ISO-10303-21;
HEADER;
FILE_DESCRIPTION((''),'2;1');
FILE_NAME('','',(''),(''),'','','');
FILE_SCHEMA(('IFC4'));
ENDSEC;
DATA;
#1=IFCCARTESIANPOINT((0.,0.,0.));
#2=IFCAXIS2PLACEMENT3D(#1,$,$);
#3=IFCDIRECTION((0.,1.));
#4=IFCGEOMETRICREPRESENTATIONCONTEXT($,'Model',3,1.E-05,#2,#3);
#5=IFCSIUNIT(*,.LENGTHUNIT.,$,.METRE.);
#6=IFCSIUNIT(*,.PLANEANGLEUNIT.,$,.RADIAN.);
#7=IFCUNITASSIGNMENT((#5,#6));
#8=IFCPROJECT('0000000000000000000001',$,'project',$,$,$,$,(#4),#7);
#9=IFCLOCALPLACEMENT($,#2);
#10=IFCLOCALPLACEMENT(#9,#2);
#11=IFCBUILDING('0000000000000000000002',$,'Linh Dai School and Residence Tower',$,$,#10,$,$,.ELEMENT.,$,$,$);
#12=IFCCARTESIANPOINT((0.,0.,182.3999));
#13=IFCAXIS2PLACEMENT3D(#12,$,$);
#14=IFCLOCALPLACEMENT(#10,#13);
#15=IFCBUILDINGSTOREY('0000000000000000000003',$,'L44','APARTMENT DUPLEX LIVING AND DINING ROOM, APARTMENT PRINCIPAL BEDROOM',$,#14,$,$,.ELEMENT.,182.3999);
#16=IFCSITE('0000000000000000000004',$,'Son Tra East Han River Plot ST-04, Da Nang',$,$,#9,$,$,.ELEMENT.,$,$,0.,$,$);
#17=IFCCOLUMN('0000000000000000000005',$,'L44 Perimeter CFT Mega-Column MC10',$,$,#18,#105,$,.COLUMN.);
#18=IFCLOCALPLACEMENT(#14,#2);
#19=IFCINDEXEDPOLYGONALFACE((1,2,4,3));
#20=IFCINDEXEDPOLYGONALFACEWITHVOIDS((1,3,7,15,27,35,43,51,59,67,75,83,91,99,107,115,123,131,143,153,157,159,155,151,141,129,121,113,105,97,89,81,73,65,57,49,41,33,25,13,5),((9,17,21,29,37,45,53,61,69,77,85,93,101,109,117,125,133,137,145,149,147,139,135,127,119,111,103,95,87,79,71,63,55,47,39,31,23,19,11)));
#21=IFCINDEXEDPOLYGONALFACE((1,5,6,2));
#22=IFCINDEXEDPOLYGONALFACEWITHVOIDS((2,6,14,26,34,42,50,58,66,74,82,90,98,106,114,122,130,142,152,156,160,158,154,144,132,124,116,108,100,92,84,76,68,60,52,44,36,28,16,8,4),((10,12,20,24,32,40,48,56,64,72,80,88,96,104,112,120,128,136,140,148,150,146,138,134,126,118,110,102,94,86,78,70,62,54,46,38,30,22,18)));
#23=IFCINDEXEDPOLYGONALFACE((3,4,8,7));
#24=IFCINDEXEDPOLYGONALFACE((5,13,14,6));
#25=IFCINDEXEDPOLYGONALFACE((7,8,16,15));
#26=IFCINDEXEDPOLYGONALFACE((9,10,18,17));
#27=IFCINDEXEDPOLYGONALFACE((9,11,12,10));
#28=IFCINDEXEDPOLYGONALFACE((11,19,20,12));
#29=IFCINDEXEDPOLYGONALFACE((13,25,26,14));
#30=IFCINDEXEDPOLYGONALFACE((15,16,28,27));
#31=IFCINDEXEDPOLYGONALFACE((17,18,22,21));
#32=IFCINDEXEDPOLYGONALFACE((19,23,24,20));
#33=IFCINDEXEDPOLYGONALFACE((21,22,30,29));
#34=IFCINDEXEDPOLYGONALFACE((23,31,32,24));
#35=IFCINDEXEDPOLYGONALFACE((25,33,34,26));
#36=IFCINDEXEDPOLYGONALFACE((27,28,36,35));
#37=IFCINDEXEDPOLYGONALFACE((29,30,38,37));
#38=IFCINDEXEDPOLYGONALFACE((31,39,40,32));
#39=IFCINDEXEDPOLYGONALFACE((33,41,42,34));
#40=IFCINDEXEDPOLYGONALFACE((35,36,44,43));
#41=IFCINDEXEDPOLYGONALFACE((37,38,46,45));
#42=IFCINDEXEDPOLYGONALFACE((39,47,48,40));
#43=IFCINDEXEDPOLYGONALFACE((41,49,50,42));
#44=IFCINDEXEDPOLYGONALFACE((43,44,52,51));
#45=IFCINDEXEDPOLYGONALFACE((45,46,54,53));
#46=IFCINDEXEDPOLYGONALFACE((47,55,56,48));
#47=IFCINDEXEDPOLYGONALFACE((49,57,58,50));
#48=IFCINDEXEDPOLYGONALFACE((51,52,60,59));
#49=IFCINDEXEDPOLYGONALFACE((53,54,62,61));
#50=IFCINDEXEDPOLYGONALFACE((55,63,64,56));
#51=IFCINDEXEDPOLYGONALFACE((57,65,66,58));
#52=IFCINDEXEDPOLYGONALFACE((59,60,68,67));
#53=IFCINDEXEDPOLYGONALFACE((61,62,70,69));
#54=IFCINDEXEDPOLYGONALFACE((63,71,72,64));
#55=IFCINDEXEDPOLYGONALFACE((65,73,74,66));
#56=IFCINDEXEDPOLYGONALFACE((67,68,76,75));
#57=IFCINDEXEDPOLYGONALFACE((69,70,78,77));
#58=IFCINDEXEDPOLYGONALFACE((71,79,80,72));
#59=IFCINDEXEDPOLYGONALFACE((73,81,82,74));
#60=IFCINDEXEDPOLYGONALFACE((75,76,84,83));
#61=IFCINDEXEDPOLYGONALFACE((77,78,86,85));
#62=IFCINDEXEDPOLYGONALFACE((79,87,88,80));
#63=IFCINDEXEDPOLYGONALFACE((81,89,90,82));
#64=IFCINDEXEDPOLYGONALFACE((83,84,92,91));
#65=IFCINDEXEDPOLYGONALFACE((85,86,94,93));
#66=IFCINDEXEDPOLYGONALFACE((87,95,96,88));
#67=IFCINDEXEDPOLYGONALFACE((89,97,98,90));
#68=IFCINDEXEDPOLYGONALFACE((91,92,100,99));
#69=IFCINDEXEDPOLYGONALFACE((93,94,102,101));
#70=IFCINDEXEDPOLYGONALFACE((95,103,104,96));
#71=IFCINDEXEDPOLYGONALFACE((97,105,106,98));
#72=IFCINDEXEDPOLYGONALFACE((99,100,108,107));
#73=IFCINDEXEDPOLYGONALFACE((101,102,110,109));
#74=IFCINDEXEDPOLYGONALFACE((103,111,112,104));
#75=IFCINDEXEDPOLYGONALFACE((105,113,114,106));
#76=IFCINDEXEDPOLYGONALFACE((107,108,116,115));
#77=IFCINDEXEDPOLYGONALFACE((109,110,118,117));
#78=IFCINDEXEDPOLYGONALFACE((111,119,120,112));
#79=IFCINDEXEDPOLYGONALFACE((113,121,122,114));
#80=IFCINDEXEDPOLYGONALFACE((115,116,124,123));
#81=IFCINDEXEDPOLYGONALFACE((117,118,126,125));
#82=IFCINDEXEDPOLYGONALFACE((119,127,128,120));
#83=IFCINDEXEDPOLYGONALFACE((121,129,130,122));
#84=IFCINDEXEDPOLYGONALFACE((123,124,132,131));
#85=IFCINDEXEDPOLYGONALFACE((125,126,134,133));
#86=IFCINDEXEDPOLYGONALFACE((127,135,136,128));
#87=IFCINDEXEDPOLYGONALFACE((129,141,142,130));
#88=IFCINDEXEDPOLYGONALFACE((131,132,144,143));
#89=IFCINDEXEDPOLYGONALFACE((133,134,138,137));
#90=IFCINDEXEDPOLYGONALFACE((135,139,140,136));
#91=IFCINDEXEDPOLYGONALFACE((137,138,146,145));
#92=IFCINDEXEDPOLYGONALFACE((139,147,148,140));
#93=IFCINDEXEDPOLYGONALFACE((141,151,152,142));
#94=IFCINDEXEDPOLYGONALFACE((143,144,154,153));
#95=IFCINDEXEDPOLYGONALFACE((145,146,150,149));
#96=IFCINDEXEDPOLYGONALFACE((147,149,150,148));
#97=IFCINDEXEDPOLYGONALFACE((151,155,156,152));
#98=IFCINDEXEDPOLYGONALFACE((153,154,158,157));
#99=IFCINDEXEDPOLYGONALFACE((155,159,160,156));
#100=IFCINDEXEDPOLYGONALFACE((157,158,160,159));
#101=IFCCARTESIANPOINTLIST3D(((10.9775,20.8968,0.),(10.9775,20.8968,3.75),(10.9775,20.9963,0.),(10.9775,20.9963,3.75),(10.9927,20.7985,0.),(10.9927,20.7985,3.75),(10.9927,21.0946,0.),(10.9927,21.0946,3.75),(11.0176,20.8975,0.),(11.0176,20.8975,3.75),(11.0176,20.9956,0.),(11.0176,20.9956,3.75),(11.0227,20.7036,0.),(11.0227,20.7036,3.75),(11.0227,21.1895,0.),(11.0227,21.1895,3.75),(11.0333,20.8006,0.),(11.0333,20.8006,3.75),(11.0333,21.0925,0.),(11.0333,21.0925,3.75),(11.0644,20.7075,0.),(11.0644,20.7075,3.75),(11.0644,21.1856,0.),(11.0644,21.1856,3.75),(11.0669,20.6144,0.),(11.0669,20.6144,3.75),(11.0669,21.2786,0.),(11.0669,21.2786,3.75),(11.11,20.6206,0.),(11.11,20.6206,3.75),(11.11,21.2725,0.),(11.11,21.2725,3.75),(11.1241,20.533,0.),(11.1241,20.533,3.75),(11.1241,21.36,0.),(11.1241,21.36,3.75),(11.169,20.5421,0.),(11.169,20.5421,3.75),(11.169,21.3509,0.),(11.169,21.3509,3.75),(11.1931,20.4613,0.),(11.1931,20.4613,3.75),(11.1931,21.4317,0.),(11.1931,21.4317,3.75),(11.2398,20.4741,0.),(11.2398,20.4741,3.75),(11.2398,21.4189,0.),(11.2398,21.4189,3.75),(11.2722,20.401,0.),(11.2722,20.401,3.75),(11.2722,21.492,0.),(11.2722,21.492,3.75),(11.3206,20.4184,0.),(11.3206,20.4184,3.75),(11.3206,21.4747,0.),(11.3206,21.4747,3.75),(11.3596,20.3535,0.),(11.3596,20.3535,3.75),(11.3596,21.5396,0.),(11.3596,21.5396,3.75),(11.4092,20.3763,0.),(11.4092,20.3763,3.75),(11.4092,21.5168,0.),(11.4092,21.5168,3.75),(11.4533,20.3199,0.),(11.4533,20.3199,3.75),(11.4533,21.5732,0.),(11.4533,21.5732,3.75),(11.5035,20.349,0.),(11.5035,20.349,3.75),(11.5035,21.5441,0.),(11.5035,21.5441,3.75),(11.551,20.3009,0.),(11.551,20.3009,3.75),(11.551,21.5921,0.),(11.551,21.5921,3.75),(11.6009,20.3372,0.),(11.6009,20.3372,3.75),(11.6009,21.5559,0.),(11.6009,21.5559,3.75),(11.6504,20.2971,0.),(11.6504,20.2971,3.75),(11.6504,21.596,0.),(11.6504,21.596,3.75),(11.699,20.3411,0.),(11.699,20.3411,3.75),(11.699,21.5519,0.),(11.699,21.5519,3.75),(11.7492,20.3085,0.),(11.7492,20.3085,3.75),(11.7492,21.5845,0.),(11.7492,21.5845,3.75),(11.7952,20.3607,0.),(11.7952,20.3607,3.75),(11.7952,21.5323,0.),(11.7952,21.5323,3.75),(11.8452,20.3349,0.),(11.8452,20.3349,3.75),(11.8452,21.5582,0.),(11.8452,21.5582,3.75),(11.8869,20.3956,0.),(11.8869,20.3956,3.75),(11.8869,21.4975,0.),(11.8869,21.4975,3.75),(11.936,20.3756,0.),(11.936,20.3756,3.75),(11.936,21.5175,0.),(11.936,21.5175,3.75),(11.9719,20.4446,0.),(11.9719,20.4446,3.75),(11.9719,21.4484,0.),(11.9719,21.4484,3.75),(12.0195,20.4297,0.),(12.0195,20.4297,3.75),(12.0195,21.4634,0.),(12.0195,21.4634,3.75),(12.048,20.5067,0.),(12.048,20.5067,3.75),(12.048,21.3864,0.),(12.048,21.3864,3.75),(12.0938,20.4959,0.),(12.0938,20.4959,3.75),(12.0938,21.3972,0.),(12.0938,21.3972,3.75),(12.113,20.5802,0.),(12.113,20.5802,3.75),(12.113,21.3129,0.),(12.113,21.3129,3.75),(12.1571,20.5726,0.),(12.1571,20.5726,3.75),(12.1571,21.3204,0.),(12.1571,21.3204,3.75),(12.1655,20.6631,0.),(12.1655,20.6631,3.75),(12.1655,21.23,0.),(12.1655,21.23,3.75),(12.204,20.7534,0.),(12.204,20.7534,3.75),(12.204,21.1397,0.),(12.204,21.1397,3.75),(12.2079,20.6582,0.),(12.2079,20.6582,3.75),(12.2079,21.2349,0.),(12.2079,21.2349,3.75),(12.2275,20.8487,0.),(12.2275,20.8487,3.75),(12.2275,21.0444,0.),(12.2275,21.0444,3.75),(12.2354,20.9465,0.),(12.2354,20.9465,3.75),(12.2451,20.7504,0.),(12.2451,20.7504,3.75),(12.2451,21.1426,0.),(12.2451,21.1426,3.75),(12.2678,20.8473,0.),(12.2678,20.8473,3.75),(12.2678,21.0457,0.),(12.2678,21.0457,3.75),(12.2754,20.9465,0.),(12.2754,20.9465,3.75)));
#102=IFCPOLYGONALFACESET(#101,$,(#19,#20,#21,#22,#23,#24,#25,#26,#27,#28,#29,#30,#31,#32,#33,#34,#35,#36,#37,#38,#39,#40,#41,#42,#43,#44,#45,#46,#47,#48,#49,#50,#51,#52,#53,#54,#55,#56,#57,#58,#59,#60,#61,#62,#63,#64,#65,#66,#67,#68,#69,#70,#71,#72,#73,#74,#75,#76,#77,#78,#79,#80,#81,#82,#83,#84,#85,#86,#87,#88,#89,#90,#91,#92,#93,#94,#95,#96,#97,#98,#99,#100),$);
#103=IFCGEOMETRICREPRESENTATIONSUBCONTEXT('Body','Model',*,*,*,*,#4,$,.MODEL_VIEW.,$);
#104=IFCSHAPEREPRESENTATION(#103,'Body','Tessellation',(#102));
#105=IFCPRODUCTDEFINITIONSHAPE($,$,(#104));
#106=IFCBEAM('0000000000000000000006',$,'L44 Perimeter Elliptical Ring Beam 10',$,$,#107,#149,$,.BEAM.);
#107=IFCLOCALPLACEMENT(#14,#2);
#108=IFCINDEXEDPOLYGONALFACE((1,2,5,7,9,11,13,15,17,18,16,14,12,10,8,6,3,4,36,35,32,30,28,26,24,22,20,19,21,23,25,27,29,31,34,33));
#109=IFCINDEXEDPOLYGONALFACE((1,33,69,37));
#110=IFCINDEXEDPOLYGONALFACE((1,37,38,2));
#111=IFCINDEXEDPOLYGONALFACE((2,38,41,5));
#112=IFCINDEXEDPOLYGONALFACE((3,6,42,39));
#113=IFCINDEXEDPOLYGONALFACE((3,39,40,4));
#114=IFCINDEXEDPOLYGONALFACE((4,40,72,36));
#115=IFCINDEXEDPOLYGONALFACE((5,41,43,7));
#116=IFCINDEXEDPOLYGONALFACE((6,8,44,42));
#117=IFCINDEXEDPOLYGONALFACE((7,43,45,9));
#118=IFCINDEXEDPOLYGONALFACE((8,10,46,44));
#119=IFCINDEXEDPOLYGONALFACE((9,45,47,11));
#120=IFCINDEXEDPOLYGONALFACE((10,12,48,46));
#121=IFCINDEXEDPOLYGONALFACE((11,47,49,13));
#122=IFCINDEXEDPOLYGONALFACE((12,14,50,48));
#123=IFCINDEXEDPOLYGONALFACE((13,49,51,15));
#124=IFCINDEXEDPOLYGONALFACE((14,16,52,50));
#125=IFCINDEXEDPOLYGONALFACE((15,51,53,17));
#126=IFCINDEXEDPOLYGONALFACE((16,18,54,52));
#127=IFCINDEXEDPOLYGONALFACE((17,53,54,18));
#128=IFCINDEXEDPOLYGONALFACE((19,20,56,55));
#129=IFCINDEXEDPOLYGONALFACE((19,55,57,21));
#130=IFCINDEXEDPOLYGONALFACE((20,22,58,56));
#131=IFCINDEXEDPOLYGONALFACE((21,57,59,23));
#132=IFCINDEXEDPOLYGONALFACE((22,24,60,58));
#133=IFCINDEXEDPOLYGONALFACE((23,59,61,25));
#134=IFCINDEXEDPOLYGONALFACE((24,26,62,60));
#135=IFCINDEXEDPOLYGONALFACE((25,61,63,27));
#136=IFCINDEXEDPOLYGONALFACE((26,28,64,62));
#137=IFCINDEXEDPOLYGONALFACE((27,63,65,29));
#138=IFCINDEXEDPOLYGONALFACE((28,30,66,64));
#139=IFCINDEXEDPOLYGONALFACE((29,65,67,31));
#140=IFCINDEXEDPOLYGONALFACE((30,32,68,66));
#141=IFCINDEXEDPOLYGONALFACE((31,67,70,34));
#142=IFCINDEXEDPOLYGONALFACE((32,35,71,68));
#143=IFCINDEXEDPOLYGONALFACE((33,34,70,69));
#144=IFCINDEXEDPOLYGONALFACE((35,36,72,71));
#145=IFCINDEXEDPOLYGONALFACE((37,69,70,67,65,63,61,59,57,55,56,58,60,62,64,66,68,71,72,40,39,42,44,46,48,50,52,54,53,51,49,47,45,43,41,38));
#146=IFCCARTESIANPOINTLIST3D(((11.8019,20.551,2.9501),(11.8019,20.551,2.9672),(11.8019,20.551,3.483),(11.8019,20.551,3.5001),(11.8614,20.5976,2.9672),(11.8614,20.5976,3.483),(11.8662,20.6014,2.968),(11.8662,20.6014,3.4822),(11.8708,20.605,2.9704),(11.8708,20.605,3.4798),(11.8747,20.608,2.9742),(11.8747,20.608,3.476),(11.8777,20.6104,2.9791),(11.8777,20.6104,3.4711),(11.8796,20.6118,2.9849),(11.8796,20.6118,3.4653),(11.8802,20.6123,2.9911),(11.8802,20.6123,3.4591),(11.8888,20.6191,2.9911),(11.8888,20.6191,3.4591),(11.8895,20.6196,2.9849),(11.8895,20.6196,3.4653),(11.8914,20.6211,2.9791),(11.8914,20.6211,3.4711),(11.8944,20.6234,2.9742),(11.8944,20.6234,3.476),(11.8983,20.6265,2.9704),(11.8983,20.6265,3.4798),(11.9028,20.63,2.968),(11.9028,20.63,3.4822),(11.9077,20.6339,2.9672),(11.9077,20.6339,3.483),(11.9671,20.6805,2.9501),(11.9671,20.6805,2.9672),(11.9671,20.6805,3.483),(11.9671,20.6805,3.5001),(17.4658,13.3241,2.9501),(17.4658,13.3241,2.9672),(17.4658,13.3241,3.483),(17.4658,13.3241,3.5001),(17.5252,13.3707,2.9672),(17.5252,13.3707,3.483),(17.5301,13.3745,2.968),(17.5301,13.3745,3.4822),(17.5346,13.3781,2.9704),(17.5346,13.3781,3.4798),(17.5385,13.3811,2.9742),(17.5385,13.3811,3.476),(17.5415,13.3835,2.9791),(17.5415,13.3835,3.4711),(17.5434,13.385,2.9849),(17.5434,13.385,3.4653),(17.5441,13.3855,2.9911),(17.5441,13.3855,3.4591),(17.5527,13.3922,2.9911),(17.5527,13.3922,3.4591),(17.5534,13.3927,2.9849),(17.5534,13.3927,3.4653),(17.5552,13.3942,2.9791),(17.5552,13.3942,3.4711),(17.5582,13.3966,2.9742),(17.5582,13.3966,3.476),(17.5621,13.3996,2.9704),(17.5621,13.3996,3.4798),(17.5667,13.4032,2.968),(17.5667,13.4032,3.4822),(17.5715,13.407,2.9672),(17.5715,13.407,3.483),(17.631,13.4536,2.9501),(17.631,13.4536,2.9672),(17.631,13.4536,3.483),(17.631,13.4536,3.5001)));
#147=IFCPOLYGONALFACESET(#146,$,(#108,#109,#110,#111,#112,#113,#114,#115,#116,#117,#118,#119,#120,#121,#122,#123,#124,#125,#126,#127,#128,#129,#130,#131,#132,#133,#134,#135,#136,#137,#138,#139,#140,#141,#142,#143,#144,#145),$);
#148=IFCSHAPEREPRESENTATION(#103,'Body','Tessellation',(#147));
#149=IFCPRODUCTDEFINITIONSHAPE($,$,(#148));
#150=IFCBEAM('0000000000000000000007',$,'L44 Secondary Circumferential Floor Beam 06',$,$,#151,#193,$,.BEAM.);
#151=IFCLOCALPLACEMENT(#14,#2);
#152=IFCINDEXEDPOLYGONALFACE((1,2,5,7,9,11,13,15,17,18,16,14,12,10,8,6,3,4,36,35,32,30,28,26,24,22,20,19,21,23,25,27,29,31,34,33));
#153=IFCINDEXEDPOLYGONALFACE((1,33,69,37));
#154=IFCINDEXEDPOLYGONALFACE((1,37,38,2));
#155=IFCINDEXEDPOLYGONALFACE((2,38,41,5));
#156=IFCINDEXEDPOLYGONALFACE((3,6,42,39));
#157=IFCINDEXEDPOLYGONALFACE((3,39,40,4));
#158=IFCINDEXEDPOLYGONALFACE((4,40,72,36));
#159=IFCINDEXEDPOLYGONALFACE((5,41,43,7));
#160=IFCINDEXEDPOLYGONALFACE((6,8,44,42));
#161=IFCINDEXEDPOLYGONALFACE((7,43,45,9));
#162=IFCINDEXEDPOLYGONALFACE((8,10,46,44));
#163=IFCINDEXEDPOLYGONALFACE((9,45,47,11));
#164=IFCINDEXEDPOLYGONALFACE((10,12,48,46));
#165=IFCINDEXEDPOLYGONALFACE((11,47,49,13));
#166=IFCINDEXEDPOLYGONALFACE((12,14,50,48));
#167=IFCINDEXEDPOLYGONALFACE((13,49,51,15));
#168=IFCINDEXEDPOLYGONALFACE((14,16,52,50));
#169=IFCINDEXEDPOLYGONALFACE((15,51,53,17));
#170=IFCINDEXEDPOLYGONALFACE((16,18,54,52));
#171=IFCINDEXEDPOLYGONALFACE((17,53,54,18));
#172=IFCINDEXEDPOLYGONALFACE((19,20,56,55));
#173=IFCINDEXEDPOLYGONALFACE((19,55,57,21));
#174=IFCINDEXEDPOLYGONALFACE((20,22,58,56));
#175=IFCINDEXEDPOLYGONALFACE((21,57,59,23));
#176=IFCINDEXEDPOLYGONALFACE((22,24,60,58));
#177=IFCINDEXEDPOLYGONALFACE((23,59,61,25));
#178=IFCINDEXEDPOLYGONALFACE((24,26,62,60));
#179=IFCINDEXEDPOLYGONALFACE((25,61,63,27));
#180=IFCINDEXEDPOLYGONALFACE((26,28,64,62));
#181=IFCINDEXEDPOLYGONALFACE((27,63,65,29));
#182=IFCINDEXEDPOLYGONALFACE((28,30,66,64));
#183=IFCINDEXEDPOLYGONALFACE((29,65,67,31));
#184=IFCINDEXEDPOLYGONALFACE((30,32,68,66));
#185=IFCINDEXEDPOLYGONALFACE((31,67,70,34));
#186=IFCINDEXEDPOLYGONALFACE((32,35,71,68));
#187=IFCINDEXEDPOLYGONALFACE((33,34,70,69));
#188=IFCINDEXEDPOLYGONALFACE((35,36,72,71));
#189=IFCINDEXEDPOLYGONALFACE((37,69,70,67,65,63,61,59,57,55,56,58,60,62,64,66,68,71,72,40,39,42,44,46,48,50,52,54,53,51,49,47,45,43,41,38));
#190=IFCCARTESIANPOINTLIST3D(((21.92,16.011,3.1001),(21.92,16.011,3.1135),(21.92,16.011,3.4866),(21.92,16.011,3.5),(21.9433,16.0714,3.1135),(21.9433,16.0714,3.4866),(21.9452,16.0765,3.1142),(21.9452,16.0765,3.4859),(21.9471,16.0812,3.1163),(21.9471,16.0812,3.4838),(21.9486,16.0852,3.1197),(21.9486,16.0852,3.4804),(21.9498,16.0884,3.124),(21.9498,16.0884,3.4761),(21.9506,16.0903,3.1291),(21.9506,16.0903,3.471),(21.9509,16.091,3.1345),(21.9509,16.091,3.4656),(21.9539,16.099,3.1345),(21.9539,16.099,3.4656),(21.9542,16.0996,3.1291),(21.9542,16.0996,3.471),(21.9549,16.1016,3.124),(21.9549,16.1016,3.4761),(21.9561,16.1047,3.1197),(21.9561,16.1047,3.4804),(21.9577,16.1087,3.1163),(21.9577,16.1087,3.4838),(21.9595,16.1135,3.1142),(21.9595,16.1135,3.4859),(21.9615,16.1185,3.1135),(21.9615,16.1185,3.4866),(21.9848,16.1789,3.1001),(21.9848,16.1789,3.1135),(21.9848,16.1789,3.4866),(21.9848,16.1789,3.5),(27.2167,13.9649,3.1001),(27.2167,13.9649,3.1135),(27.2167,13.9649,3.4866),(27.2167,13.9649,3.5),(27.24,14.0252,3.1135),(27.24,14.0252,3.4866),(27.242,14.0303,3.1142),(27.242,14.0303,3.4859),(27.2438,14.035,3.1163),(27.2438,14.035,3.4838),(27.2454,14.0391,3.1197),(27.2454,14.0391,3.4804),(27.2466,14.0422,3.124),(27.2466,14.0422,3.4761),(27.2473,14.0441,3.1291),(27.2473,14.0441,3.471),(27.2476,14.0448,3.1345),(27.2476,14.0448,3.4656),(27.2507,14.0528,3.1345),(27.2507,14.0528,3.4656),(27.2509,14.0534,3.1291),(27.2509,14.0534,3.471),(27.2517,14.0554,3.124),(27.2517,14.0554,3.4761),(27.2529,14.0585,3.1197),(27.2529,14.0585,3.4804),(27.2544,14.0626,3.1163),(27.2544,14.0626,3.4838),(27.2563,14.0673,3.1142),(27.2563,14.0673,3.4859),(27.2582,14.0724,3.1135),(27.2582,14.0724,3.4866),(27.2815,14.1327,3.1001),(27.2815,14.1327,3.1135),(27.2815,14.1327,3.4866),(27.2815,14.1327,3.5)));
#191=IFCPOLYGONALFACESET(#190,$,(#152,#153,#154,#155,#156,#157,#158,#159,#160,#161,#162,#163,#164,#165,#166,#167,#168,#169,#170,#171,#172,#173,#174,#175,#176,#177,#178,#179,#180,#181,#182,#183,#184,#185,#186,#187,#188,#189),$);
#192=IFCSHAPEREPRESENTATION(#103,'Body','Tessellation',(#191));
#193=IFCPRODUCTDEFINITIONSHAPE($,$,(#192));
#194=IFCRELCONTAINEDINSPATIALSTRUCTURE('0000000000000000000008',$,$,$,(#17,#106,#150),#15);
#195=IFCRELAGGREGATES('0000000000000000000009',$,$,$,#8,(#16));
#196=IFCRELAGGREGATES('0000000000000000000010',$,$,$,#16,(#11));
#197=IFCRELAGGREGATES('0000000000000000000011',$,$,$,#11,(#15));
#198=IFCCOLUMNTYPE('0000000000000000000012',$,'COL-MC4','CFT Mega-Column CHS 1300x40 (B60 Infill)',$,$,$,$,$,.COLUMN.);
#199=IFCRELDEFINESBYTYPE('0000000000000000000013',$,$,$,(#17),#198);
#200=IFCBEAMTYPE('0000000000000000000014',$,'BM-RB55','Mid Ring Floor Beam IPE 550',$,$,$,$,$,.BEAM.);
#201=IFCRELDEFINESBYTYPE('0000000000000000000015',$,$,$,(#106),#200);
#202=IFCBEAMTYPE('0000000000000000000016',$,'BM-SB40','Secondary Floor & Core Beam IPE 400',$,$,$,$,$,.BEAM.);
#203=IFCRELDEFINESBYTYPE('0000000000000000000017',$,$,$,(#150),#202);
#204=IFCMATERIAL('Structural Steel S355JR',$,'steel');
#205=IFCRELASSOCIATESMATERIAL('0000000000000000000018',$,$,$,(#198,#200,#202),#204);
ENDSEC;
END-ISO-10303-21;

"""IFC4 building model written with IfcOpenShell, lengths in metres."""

from ifc_helpers import new_model, si_unit, direction, frame, origin, origin_2d, place, context, subcontext, project, spatial, hollow_circle, i_section, extrude, material, material_profile, profile_set, type_object, element, save


model = new_model("IFC4")

# Units and contexts
model_context = context("Model", 3, precision=1e-05, world=origin(), true_north=direction((0.0, 1.0)))
body_context = subcontext(model_context, "Body", "Model", "MODEL_VIEW")
ifc_project = project(units=[si_unit("LENGTHUNIT", "METRE"), si_unit("PLANEANGLEUNIT", "RADIAN")], contexts=[model_context])

# Site, building, storey
site_placement = place(None, origin())
site = spatial("IfcSite", under=ifc_project, at=site_placement, Name="Son Tra East Han River Plot ST-04, Da Nang", CompositionType="ELEMENT", RefElevation=0.0)
building_placement = place(site_placement, origin())
building = spatial("IfcBuilding", under=site, at=building_placement, Name="Linh Dai School and Residence Tower", CompositionType="ELEMENT")
storey_placement = place(building_placement, frame((0.0, 0.0, 182.3999)))
storey = spatial("IfcBuildingStorey", under=building, at=storey_placement, Name="L44", Description="APARTMENT DUPLEX LIVING AND DINING ROOM, APARTMENT PRINCIPAL BEDROOM", CompositionType="ELEMENT", Elevation=182.3999)

# Column
ifc_material_1 = material(Name="Structural Steel S355JR", Category="steel")
ifc_material_profile_1 = material_profile(ifc_material_1, hollow_circle(Radius=0.6499, WallThickness=0.04, at=origin_2d()), Name="CHS 1300x40")
ifc_profile_set_1 = profile_set([ifc_material_profile_1], Name="Structural Steel S355JR")
column_type = type_object("IfcColumnType", Name="COL-MC4", Description="CFT Mega-Column CHS 1300x40 (B60 Infill)", PredefinedType="COLUMN", material=ifc_profile_set_1)
column_placement = place(storey_placement, frame((11.6255, 20.9465, 0.0), z_axis=(0.0, 0.0, 1.0), x_axis=(1.0, 0.0, 0.0)))
element("IfcColumn", 1, at=column_placement, inside=storey, type_object=column_type, Name="L44 Perimeter CFT Mega-Column MC10", PredefinedType="COLUMN", context=body_context, shape_type="SweptSolid", body=[
    extrude(hollow_circle(Radius=0.6499, WallThickness=0.04, at=origin_2d()), origin(), (0.0, 0.0, 1.0), 3.75),
])

# Beams
ifc_material_profile_2 = material_profile(ifc_material_1, i_section(OverallWidth=0.21, OverallDepth=0.55, WebThickness=0.011, FlangeThickness=0.0171, FilletRadius=0.0239, at=origin_2d()), Name="IPE 550")
ifc_profile_set_2 = profile_set([ifc_material_profile_2], Name="Structural Steel S355JR")
beam_type_1 = type_object("IfcBeamType", Name="BM-RB55", Description="Mid Ring Floor Beam IPE 550", PredefinedType="BEAM", material=ifc_profile_set_2)
beam_1_placement = place(storey_placement, frame((11.8845, 20.6157, 3.2251), z_axis=(0.616852, -0.787079, 0.0), x_axis=(0.787079, 0.616852, 0.0)))
element("IfcBeam", 2, at=beam_1_placement, inside=storey, type_object=beam_type_1, Name="L44 Perimeter Elliptical Ring Beam 10", PredefinedType="BEAM", context=body_context, shape_type="SweptSolid", body=[
    extrude(i_section(OverallWidth=0.21, OverallDepth=0.55, WebThickness=0.011, FlangeThickness=0.0171, FilletRadius=0.0239, at=origin_2d()), origin(), (0.0, 0.0, 1.0), 9.1819),
])
ifc_material_profile_3 = material_profile(ifc_material_1, i_section(OverallWidth=0.1799, OverallDepth=0.3999, WebThickness=0.0085, FlangeThickness=0.0134, FilletRadius=0.021, at=origin_2d()), Name="IPE 400")
ifc_profile_set_3 = profile_set([ifc_material_profile_3], Name="Structural Steel S355JR")
beam_type_2 = type_object("IfcBeamType", Name="BM-SB40", Description="Secondary Floor & Core Beam IPE 400", PredefinedType="BEAM", material=ifc_profile_set_3)
beam_2_placement = place(storey_placement, frame((21.9524, 16.095, 3.3), z_axis=(0.932815, -0.360356, 0.0), x_axis=(0.360356, 0.932815, 0.0)))
element("IfcBeam", 3, at=beam_2_placement, inside=storey, type_object=beam_type_2, Name="L44 Secondary Circumferential Floor Beam 06", PredefinedType="BEAM", context=body_context, shape_type="SweptSolid", body=[
    extrude(i_section(OverallWidth=0.1799, OverallDepth=0.3999, WebThickness=0.0085, FlangeThickness=0.0134, FilletRadius=0.021, at=origin_2d()), origin(), (0.0, 0.0, 1.0), 5.6782),
])

save(model, "model.ifc")
